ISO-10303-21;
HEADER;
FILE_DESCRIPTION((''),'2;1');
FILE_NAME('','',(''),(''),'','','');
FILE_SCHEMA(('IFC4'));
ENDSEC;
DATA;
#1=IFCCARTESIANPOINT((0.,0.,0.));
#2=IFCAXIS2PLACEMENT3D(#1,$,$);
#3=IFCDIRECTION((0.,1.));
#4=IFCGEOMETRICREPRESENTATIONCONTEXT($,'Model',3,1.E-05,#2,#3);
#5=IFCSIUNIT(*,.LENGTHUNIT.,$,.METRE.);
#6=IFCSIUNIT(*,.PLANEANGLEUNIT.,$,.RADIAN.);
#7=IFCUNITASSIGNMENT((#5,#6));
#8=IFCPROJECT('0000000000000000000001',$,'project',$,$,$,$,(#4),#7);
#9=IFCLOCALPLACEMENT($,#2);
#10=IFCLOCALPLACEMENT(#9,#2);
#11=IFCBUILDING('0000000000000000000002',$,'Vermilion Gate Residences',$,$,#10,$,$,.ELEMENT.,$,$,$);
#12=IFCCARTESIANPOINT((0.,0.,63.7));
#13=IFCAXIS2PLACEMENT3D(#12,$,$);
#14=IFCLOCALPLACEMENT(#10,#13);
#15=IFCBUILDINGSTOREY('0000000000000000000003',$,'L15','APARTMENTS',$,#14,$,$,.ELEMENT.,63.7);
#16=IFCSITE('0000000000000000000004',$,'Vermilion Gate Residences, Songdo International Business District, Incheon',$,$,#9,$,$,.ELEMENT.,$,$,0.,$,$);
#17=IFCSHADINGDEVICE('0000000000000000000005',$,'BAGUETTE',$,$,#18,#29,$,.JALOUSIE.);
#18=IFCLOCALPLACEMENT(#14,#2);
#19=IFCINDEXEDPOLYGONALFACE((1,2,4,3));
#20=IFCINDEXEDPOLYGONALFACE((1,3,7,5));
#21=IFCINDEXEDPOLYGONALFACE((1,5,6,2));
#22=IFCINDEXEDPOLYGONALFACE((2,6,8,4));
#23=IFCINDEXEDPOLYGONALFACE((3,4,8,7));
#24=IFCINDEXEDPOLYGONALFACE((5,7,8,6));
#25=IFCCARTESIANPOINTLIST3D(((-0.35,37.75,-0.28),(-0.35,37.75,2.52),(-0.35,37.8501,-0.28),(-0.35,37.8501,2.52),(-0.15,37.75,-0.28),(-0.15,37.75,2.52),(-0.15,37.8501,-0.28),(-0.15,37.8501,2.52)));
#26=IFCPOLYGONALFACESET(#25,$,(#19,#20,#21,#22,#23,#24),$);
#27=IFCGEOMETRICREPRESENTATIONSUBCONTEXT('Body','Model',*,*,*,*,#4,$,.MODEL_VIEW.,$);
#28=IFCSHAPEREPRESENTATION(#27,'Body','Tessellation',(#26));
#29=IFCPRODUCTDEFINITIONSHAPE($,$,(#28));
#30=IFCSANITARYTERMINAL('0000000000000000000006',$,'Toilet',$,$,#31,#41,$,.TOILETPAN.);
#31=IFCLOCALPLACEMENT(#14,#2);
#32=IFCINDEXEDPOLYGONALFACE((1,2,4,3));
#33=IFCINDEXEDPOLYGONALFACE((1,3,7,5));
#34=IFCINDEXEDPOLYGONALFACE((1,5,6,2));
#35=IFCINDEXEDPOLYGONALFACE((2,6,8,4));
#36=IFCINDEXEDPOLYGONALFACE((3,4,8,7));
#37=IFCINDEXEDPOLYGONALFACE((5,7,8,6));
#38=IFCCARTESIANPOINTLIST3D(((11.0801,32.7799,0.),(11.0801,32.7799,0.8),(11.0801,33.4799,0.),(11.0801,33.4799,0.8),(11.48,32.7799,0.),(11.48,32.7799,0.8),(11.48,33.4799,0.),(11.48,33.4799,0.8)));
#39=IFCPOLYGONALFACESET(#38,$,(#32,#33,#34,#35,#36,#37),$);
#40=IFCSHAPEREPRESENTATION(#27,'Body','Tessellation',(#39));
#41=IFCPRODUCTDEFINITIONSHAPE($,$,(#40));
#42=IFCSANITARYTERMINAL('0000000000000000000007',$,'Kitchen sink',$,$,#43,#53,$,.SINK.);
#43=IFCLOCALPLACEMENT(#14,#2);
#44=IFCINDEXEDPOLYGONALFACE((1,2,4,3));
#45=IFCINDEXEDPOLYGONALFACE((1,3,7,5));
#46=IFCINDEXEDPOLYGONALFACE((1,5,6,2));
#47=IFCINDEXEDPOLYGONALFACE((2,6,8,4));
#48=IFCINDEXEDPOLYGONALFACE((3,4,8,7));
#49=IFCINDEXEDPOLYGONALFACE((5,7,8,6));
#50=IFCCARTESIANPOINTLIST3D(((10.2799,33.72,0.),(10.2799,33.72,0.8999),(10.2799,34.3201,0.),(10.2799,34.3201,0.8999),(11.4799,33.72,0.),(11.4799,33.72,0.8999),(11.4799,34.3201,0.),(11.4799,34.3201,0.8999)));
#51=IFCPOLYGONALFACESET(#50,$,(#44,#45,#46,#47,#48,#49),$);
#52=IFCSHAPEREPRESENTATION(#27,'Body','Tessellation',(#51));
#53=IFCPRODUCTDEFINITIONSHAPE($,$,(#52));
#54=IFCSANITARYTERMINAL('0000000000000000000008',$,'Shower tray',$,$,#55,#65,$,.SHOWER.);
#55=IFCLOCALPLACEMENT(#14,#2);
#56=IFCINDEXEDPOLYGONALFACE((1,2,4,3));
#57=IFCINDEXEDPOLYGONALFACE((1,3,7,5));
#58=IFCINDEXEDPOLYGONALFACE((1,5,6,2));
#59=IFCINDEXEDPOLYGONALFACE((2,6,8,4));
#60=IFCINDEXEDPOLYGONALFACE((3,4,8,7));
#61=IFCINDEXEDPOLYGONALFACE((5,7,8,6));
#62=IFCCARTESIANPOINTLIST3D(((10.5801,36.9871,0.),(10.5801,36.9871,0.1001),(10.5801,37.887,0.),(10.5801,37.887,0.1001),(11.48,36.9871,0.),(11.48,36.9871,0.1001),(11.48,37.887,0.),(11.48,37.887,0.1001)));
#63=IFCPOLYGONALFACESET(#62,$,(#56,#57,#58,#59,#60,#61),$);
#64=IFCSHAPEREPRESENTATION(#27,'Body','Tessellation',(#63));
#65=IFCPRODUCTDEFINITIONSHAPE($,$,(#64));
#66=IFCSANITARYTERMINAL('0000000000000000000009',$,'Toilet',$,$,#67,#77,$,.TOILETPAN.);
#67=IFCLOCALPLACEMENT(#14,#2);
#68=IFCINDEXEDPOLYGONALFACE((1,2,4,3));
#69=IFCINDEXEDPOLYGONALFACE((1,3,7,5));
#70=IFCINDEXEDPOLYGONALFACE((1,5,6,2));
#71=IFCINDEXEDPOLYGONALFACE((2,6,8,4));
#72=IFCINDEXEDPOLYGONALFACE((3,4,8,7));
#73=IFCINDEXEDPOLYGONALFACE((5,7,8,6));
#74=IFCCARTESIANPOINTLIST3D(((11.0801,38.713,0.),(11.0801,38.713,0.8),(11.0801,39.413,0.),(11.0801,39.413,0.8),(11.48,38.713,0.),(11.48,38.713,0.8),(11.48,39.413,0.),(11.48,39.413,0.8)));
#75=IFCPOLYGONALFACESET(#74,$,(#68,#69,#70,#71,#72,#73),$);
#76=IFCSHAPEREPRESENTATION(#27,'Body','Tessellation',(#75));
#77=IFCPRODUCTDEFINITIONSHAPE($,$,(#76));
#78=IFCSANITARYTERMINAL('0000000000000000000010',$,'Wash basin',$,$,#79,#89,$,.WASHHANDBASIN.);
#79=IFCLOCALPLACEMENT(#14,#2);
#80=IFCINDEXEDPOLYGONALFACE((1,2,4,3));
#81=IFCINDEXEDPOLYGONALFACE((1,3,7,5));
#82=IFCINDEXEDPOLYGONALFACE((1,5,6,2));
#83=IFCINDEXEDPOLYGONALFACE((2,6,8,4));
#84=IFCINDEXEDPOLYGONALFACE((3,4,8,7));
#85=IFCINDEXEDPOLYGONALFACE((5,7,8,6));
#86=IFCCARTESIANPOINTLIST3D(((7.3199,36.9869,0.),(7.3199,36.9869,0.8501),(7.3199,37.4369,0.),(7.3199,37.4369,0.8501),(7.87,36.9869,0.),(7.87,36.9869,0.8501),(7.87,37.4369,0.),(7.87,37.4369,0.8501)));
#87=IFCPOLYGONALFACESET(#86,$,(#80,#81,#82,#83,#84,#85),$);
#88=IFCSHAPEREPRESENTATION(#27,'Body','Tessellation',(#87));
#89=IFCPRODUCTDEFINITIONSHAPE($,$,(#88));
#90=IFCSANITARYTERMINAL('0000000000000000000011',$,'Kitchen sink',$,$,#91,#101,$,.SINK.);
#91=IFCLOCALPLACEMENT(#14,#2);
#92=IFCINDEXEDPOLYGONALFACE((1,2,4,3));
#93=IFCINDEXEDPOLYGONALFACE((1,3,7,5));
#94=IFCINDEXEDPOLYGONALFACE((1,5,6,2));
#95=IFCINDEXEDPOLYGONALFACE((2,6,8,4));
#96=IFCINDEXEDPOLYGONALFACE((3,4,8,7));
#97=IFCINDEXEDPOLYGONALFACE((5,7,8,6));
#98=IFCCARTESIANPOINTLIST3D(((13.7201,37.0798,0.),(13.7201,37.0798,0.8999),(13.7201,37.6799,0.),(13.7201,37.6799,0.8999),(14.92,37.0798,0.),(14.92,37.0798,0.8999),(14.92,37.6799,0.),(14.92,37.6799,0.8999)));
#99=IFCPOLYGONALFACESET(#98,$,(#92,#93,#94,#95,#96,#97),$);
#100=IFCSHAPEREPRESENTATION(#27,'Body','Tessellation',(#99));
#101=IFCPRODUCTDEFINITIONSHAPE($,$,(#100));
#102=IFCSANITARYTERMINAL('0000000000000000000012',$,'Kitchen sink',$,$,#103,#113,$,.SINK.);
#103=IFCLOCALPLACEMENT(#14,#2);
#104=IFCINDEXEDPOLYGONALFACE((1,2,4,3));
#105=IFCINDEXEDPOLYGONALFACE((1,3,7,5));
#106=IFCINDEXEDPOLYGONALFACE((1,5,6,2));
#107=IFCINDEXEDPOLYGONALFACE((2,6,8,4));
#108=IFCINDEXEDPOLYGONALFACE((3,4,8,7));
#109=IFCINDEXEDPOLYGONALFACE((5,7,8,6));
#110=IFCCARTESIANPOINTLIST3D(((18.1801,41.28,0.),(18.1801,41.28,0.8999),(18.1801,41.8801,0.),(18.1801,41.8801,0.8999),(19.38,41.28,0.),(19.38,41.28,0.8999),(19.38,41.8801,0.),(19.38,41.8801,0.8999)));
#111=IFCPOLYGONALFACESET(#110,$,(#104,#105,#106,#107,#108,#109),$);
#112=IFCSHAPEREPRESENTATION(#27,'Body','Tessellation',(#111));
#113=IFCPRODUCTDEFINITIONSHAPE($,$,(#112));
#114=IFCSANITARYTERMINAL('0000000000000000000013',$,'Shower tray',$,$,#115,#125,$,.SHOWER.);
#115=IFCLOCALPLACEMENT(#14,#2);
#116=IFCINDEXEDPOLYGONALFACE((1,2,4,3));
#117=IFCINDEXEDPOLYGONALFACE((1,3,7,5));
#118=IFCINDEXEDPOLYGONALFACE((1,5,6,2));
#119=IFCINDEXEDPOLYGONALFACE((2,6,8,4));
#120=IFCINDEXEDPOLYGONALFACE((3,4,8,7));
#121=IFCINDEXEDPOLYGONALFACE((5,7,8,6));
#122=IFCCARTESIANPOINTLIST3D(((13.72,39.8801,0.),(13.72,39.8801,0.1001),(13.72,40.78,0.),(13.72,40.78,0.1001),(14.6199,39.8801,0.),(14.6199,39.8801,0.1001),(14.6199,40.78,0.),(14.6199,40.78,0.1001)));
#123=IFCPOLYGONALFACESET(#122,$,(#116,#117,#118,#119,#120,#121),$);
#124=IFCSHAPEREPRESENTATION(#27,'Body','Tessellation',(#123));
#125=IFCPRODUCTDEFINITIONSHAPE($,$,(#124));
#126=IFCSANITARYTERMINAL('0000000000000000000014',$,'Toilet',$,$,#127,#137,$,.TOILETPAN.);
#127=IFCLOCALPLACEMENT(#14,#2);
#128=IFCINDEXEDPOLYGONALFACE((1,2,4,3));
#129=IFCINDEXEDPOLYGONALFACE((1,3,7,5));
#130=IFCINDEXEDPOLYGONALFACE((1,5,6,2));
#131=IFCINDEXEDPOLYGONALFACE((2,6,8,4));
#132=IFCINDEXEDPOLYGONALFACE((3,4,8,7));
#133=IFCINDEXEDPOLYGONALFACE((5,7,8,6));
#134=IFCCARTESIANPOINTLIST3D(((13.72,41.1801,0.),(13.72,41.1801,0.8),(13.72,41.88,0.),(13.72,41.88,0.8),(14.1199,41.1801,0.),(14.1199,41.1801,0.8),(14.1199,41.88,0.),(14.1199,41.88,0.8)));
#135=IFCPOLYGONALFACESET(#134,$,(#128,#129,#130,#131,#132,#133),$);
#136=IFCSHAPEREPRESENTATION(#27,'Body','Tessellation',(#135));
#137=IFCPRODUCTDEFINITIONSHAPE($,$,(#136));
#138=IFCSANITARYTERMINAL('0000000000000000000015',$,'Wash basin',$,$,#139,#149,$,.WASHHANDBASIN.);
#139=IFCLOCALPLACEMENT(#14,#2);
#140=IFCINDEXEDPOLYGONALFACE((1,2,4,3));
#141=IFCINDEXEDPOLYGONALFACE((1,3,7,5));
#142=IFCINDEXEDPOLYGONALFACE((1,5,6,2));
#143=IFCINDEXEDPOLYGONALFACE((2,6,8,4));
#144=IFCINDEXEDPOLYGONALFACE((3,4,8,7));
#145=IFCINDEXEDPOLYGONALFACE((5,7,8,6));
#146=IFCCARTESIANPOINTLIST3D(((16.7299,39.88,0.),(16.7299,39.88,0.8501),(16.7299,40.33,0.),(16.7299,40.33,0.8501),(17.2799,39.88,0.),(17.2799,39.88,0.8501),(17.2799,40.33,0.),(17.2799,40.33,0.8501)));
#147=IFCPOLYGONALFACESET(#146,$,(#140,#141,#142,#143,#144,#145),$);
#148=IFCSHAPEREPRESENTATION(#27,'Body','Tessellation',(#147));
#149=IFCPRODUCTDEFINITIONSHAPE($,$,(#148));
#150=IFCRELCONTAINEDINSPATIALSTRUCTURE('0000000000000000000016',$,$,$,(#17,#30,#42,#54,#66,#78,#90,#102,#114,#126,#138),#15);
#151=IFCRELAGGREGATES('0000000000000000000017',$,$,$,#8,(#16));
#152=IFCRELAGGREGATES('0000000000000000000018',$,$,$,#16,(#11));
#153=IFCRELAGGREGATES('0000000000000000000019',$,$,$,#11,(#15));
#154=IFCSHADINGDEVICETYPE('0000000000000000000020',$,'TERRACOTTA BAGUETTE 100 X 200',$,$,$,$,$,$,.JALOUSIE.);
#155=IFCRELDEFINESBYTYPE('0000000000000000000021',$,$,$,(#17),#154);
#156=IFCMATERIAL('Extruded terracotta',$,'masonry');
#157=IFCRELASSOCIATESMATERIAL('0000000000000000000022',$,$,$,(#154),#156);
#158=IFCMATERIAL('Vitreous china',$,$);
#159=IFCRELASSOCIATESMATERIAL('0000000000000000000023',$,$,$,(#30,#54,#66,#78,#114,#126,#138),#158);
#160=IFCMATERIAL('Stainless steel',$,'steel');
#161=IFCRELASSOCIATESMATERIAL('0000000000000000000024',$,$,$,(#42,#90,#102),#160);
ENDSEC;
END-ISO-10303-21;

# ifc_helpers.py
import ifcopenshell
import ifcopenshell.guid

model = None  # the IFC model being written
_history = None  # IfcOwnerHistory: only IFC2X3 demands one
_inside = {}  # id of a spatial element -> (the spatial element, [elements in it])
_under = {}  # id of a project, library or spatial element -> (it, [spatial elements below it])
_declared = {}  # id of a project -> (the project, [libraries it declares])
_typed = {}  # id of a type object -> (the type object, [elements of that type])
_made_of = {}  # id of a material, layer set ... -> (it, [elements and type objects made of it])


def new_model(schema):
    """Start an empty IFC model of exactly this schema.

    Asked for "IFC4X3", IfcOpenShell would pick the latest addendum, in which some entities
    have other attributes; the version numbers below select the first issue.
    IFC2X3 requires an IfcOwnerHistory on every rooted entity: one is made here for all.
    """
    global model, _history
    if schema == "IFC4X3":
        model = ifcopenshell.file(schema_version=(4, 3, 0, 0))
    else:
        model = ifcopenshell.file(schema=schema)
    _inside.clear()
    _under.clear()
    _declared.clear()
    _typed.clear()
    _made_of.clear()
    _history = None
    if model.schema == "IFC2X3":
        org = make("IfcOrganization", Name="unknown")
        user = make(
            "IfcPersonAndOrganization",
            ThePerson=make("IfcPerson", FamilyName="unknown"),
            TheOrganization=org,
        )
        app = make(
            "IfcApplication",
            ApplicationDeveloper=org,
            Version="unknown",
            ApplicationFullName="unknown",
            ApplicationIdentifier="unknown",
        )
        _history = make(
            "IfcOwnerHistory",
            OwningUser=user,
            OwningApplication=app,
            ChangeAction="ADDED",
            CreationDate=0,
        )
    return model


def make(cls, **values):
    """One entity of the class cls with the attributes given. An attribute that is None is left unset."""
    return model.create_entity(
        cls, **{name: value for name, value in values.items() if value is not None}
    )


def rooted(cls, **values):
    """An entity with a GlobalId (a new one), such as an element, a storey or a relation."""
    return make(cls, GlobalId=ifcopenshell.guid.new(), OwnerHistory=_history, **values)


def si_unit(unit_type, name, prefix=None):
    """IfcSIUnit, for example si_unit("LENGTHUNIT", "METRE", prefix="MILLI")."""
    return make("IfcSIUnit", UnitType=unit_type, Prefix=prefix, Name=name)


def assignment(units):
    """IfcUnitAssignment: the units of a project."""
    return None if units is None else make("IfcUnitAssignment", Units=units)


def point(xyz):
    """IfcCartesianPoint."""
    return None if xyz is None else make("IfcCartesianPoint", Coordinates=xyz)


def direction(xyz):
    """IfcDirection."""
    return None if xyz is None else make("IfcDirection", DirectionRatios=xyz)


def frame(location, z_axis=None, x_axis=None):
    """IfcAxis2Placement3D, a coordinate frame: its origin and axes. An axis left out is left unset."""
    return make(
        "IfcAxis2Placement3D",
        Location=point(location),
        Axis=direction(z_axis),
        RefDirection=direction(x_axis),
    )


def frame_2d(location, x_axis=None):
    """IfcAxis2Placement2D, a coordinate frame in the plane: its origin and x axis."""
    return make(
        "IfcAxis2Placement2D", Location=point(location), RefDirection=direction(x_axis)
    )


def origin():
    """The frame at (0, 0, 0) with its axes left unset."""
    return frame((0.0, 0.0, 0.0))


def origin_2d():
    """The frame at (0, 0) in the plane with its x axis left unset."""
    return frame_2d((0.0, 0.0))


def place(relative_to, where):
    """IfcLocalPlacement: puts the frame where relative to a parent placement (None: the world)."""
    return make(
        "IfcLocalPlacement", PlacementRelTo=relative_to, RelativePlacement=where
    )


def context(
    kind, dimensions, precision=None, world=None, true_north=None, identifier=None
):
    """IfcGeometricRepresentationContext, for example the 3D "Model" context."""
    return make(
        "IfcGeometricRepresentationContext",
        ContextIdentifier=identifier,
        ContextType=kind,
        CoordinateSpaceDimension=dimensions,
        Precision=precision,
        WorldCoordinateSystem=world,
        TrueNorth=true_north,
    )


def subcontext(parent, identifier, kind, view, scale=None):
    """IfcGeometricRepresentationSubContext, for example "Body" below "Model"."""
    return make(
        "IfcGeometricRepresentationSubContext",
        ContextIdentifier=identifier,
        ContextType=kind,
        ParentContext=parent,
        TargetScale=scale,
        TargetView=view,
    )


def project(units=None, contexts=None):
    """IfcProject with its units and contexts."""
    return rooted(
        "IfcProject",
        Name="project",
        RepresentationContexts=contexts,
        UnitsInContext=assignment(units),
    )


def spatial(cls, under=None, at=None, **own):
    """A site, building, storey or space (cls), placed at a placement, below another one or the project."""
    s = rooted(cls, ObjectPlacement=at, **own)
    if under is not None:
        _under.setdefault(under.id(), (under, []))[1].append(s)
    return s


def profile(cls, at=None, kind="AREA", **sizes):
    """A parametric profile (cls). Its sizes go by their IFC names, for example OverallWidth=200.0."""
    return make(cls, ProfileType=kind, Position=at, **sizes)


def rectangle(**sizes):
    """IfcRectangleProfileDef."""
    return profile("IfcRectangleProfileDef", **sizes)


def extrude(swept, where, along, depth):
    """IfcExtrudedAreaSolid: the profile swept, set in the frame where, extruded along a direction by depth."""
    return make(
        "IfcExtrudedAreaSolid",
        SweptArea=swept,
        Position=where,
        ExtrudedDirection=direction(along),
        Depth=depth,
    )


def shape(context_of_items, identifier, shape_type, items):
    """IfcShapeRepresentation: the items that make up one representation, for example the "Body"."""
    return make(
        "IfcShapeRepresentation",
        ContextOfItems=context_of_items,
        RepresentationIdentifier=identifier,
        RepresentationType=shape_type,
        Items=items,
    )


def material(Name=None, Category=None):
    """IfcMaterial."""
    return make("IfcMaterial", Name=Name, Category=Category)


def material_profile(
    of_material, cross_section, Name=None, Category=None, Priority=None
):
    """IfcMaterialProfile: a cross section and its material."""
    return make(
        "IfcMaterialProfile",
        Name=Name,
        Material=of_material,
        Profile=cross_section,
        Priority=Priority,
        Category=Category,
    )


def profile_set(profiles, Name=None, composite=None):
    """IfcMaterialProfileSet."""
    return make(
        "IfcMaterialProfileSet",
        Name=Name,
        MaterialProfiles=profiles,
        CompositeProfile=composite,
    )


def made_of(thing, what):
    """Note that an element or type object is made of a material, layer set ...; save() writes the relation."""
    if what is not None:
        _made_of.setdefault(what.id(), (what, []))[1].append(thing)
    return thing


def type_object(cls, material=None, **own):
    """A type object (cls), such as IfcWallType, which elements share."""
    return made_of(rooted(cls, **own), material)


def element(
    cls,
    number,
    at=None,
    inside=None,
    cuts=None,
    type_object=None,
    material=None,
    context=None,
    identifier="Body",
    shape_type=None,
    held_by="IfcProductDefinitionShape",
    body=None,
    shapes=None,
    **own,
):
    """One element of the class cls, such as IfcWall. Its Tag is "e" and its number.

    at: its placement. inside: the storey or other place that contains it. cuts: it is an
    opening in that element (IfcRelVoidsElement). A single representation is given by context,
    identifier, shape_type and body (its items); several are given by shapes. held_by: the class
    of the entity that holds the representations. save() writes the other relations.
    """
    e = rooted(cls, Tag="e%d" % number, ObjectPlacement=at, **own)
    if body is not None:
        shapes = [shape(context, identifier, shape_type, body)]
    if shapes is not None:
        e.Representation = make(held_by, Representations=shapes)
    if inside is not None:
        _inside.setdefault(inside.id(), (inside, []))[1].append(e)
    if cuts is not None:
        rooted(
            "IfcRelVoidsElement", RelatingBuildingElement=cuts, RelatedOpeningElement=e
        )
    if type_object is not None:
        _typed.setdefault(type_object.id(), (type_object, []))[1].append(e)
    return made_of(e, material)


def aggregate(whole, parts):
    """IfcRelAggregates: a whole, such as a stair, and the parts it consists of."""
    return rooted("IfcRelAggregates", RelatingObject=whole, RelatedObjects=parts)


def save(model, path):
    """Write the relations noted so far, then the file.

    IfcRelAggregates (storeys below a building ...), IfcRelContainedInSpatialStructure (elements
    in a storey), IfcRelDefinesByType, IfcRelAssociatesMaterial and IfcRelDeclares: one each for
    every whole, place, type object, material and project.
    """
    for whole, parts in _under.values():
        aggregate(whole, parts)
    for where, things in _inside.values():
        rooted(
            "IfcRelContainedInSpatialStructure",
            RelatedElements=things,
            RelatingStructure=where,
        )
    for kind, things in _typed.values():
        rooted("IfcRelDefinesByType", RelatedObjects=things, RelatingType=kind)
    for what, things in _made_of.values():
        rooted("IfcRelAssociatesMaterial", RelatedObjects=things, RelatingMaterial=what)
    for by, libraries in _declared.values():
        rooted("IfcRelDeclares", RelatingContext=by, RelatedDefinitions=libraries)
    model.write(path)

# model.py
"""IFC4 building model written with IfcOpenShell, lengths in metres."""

from ifc_helpers import new_model, si_unit, direction, frame, origin, origin_2d, place, context, subcontext, project, spatial, rectangle, extrude, material, material_profile, profile_set, type_object, element, save


model = new_model("IFC4")

# Units and contexts
model_context = context("Model", 3, precision=1e-05, world=origin(), true_north=direction((0.0, 1.0)))
body_context = subcontext(model_context, "Body", "Model", "MODEL_VIEW")
ifc_project = project(units=[si_unit("LENGTHUNIT", "METRE"), si_unit("PLANEANGLEUNIT", "RADIAN")], contexts=[model_context])

# Site, building, storey
site_placement = place(None, origin())
site = spatial("IfcSite", under=ifc_project, at=site_placement, Name="Vermilion Gate Residences, Songdo International Business District, Incheon", CompositionType="ELEMENT", RefElevation=0.0)
building_placement = place(site_placement, origin())
building = spatial("IfcBuilding", under=site, at=building_placement, Name="Vermilion Gate Residences", CompositionType="ELEMENT")
storey_placement = place(building_placement, frame((0.0, 0.0, 63.7)))
storey = spatial("IfcBuildingStorey", under=building, at=storey_placement, Name="L15", Description="APARTMENTS", CompositionType="ELEMENT", Elevation=63.7)

# Shading device
ifc_material_1 = material(Name="Extruded terracotta", Category="masonry")
ifc_material_profile_1 = material_profile(ifc_material_1, rectangle(XDim=0.2, YDim=0.1001, at=origin_2d()), Name="BAGUETTE 100 X 200")
ifc_profile_set_1 = profile_set([ifc_material_profile_1], Name="Extruded terracotta")
shading_device_type_1 = type_object("IfcShadingDeviceType", Name="TERRACOTTA BAGUETTE 100 X 200", PredefinedType="JALOUSIE", material=ifc_profile_set_1)
shading_device_1_placement = place(storey_placement, frame((-0.25, 37.8, -0.28), z_axis=(0.0, 0.0, 1.0), x_axis=(1.0, 0.0, 0.0)))
element("IfcShadingDevice", 1, at=shading_device_1_placement, inside=storey, type_object=shading_device_type_1, Name="BAGUETTE", PredefinedType="JALOUSIE", context=body_context, shape_type="SweptSolid", body=[
    extrude(rectangle(XDim=0.2, YDim=0.1001, at=origin_2d()), origin(), (0.0, 0.0, 1.0), 2.8),
])

# Sanitary terminals
ifc_material_2 = material(Name="Vitreous china")
sanitary_terminal_1_placement = place(storey_placement, frame((11.28, 33.1299, 0.0), z_axis=(0.0, 0.0, 1.0), x_axis=(1.0, 0.0, 0.0)))
element("IfcSanitaryTerminal", 2, at=sanitary_terminal_1_placement, inside=storey, material=ifc_material_2, Name="Toilet", PredefinedType="TOILETPAN", context=body_context, shape_type="SweptSolid", body=[
    extrude(rectangle(XDim=0.3999, YDim=0.7, at=origin_2d()), origin(), (0.0, 0.0, 1.0), 0.8),
])
ifc_material_3 = material(Name="Stainless steel", Category="steel")
sanitary_terminal_2_placement = place(storey_placement, frame((10.8799, 34.02, 0.0), z_axis=(0.0, 0.0, 1.0), x_axis=(1.0, 0.0, 0.0)))
element("IfcSanitaryTerminal", 3, at=sanitary_terminal_2_placement, inside=storey, material=ifc_material_3, Name="Kitchen sink", PredefinedType="SINK", context=body_context, shape_type="SweptSolid", body=[
    extrude(rectangle(XDim=1.2, YDim=0.6001, at=origin_2d()), origin(), (0.0, 0.0, 1.0), 0.8999),
])
sanitary_terminal_3_placement = place(storey_placement, frame((11.03, 37.437, 0.0), z_axis=(0.0, 0.0, 1.0), x_axis=(1.0, 0.0, 0.0)))
element("IfcSanitaryTerminal", 4, at=sanitary_terminal_3_placement, inside=storey, material=ifc_material_2, Name="Shower tray", PredefinedType="SHOWER", context=body_context, shape_type="SweptSolid", body=[
    extrude(rectangle(XDim=0.8999, YDim=0.8999, at=origin_2d()), origin(), (0.0, 0.0, 1.0), 0.1001),
])
sanitary_terminal_4_placement = place(storey_placement, frame((11.28, 39.063, 0.0), z_axis=(0.0, 0.0, 1.0), x_axis=(1.0, 0.0, 0.0)))
element("IfcSanitaryTerminal", 5, at=sanitary_terminal_4_placement, inside=storey, material=ifc_material_2, Name="Toilet", PredefinedType="TOILETPAN", context=body_context, shape_type="SweptSolid", body=[
    extrude(rectangle(XDim=0.3999, YDim=0.7, at=origin_2d()), origin(), (0.0, 0.0, 1.0), 0.8),
])
sanitary_terminal_5_placement = place(storey_placement, frame((7.595, 37.2119, 0.0), z_axis=(0.0, 0.0, 1.0), x_axis=(1.0, 0.0, 0.0)))
element("IfcSanitaryTerminal", 6, at=sanitary_terminal_5_placement, inside=storey, material=ifc_material_2, Name="Wash basin", PredefinedType="WASHHANDBASIN", context=body_context, shape_type="SweptSolid", body=[
    extrude(rectangle(XDim=0.55, YDim=0.45, at=origin_2d()), origin(), (0.0, 0.0, 1.0), 0.8501),
])
for number, where, z_axis, x_axis, name in (
    (7, (14.3201, 37.3799, 0.0), (0.0, 0.0, 1.0), (1.0, 0.0, 0.0), "Kitchen sink"),
    (8, (18.78, 41.5801, 0.0), (0.0, 0.0, 1.0), (1.0, 0.0, 0.0), "Kitchen sink"),
):
    element("IfcSanitaryTerminal", number, at=place(storey_placement, frame(where, z_axis=z_axis, x_axis=x_axis)), inside=storey, material=ifc_material_3, Name=name, PredefinedType="SINK", context=body_context, shape_type="SweptSolid", body=[
        extrude(rectangle(XDim=1.2, YDim=0.6001, at=origin_2d()), origin(), (0.0, 0.0, 1.0), 0.8999),
    ])
sanitary_terminal_6_placement = place(storey_placement, frame((14.1699, 40.3301, 0.0), z_axis=(0.0, 0.0, 1.0), x_axis=(1.0, 0.0, 0.0)))
element("IfcSanitaryTerminal", 9, at=sanitary_terminal_6_placement, inside=storey, material=ifc_material_2, Name="Shower tray", PredefinedType="SHOWER", context=body_context, shape_type="SweptSolid", body=[
    extrude(rectangle(XDim=0.8999, YDim=0.8999, at=origin_2d()), origin(), (0.0, 0.0, 1.0), 0.1001),
])
sanitary_terminal_7_placement = place(storey_placement, frame((13.9199, 41.53, 0.0), z_axis=(0.0, 0.0, 1.0), x_axis=(1.0, 0.0, 0.0)))
element("IfcSanitaryTerminal", 10, at=sanitary_terminal_7_placement, inside=storey, material=ifc_material_2, Name="Toilet", PredefinedType="TOILETPAN", context=body_context, shape_type="SweptSolid", body=[
    extrude(rectangle(XDim=0.3999, YDim=0.7, at=origin_2d()), origin(), (0.0, 0.0, 1.0), 0.8),
])
sanitary_terminal_8_placement = place(storey_placement, frame((17.0049, 40.105, 0.0), z_axis=(0.0, 0.0, 1.0), x_axis=(1.0, 0.0, 0.0)))
element("IfcSanitaryTerminal", 11, at=sanitary_terminal_8_placement, inside=storey, material=ifc_material_2, Name="Wash basin", PredefinedType="WASHHANDBASIN", context=body_context, shape_type="SweptSolid", body=[
    extrude(rectangle(XDim=0.55, YDim=0.45, at=origin_2d()), origin(), (0.0, 0.0, 1.0), 0.8501),
])

save(model, "model.ifc")
